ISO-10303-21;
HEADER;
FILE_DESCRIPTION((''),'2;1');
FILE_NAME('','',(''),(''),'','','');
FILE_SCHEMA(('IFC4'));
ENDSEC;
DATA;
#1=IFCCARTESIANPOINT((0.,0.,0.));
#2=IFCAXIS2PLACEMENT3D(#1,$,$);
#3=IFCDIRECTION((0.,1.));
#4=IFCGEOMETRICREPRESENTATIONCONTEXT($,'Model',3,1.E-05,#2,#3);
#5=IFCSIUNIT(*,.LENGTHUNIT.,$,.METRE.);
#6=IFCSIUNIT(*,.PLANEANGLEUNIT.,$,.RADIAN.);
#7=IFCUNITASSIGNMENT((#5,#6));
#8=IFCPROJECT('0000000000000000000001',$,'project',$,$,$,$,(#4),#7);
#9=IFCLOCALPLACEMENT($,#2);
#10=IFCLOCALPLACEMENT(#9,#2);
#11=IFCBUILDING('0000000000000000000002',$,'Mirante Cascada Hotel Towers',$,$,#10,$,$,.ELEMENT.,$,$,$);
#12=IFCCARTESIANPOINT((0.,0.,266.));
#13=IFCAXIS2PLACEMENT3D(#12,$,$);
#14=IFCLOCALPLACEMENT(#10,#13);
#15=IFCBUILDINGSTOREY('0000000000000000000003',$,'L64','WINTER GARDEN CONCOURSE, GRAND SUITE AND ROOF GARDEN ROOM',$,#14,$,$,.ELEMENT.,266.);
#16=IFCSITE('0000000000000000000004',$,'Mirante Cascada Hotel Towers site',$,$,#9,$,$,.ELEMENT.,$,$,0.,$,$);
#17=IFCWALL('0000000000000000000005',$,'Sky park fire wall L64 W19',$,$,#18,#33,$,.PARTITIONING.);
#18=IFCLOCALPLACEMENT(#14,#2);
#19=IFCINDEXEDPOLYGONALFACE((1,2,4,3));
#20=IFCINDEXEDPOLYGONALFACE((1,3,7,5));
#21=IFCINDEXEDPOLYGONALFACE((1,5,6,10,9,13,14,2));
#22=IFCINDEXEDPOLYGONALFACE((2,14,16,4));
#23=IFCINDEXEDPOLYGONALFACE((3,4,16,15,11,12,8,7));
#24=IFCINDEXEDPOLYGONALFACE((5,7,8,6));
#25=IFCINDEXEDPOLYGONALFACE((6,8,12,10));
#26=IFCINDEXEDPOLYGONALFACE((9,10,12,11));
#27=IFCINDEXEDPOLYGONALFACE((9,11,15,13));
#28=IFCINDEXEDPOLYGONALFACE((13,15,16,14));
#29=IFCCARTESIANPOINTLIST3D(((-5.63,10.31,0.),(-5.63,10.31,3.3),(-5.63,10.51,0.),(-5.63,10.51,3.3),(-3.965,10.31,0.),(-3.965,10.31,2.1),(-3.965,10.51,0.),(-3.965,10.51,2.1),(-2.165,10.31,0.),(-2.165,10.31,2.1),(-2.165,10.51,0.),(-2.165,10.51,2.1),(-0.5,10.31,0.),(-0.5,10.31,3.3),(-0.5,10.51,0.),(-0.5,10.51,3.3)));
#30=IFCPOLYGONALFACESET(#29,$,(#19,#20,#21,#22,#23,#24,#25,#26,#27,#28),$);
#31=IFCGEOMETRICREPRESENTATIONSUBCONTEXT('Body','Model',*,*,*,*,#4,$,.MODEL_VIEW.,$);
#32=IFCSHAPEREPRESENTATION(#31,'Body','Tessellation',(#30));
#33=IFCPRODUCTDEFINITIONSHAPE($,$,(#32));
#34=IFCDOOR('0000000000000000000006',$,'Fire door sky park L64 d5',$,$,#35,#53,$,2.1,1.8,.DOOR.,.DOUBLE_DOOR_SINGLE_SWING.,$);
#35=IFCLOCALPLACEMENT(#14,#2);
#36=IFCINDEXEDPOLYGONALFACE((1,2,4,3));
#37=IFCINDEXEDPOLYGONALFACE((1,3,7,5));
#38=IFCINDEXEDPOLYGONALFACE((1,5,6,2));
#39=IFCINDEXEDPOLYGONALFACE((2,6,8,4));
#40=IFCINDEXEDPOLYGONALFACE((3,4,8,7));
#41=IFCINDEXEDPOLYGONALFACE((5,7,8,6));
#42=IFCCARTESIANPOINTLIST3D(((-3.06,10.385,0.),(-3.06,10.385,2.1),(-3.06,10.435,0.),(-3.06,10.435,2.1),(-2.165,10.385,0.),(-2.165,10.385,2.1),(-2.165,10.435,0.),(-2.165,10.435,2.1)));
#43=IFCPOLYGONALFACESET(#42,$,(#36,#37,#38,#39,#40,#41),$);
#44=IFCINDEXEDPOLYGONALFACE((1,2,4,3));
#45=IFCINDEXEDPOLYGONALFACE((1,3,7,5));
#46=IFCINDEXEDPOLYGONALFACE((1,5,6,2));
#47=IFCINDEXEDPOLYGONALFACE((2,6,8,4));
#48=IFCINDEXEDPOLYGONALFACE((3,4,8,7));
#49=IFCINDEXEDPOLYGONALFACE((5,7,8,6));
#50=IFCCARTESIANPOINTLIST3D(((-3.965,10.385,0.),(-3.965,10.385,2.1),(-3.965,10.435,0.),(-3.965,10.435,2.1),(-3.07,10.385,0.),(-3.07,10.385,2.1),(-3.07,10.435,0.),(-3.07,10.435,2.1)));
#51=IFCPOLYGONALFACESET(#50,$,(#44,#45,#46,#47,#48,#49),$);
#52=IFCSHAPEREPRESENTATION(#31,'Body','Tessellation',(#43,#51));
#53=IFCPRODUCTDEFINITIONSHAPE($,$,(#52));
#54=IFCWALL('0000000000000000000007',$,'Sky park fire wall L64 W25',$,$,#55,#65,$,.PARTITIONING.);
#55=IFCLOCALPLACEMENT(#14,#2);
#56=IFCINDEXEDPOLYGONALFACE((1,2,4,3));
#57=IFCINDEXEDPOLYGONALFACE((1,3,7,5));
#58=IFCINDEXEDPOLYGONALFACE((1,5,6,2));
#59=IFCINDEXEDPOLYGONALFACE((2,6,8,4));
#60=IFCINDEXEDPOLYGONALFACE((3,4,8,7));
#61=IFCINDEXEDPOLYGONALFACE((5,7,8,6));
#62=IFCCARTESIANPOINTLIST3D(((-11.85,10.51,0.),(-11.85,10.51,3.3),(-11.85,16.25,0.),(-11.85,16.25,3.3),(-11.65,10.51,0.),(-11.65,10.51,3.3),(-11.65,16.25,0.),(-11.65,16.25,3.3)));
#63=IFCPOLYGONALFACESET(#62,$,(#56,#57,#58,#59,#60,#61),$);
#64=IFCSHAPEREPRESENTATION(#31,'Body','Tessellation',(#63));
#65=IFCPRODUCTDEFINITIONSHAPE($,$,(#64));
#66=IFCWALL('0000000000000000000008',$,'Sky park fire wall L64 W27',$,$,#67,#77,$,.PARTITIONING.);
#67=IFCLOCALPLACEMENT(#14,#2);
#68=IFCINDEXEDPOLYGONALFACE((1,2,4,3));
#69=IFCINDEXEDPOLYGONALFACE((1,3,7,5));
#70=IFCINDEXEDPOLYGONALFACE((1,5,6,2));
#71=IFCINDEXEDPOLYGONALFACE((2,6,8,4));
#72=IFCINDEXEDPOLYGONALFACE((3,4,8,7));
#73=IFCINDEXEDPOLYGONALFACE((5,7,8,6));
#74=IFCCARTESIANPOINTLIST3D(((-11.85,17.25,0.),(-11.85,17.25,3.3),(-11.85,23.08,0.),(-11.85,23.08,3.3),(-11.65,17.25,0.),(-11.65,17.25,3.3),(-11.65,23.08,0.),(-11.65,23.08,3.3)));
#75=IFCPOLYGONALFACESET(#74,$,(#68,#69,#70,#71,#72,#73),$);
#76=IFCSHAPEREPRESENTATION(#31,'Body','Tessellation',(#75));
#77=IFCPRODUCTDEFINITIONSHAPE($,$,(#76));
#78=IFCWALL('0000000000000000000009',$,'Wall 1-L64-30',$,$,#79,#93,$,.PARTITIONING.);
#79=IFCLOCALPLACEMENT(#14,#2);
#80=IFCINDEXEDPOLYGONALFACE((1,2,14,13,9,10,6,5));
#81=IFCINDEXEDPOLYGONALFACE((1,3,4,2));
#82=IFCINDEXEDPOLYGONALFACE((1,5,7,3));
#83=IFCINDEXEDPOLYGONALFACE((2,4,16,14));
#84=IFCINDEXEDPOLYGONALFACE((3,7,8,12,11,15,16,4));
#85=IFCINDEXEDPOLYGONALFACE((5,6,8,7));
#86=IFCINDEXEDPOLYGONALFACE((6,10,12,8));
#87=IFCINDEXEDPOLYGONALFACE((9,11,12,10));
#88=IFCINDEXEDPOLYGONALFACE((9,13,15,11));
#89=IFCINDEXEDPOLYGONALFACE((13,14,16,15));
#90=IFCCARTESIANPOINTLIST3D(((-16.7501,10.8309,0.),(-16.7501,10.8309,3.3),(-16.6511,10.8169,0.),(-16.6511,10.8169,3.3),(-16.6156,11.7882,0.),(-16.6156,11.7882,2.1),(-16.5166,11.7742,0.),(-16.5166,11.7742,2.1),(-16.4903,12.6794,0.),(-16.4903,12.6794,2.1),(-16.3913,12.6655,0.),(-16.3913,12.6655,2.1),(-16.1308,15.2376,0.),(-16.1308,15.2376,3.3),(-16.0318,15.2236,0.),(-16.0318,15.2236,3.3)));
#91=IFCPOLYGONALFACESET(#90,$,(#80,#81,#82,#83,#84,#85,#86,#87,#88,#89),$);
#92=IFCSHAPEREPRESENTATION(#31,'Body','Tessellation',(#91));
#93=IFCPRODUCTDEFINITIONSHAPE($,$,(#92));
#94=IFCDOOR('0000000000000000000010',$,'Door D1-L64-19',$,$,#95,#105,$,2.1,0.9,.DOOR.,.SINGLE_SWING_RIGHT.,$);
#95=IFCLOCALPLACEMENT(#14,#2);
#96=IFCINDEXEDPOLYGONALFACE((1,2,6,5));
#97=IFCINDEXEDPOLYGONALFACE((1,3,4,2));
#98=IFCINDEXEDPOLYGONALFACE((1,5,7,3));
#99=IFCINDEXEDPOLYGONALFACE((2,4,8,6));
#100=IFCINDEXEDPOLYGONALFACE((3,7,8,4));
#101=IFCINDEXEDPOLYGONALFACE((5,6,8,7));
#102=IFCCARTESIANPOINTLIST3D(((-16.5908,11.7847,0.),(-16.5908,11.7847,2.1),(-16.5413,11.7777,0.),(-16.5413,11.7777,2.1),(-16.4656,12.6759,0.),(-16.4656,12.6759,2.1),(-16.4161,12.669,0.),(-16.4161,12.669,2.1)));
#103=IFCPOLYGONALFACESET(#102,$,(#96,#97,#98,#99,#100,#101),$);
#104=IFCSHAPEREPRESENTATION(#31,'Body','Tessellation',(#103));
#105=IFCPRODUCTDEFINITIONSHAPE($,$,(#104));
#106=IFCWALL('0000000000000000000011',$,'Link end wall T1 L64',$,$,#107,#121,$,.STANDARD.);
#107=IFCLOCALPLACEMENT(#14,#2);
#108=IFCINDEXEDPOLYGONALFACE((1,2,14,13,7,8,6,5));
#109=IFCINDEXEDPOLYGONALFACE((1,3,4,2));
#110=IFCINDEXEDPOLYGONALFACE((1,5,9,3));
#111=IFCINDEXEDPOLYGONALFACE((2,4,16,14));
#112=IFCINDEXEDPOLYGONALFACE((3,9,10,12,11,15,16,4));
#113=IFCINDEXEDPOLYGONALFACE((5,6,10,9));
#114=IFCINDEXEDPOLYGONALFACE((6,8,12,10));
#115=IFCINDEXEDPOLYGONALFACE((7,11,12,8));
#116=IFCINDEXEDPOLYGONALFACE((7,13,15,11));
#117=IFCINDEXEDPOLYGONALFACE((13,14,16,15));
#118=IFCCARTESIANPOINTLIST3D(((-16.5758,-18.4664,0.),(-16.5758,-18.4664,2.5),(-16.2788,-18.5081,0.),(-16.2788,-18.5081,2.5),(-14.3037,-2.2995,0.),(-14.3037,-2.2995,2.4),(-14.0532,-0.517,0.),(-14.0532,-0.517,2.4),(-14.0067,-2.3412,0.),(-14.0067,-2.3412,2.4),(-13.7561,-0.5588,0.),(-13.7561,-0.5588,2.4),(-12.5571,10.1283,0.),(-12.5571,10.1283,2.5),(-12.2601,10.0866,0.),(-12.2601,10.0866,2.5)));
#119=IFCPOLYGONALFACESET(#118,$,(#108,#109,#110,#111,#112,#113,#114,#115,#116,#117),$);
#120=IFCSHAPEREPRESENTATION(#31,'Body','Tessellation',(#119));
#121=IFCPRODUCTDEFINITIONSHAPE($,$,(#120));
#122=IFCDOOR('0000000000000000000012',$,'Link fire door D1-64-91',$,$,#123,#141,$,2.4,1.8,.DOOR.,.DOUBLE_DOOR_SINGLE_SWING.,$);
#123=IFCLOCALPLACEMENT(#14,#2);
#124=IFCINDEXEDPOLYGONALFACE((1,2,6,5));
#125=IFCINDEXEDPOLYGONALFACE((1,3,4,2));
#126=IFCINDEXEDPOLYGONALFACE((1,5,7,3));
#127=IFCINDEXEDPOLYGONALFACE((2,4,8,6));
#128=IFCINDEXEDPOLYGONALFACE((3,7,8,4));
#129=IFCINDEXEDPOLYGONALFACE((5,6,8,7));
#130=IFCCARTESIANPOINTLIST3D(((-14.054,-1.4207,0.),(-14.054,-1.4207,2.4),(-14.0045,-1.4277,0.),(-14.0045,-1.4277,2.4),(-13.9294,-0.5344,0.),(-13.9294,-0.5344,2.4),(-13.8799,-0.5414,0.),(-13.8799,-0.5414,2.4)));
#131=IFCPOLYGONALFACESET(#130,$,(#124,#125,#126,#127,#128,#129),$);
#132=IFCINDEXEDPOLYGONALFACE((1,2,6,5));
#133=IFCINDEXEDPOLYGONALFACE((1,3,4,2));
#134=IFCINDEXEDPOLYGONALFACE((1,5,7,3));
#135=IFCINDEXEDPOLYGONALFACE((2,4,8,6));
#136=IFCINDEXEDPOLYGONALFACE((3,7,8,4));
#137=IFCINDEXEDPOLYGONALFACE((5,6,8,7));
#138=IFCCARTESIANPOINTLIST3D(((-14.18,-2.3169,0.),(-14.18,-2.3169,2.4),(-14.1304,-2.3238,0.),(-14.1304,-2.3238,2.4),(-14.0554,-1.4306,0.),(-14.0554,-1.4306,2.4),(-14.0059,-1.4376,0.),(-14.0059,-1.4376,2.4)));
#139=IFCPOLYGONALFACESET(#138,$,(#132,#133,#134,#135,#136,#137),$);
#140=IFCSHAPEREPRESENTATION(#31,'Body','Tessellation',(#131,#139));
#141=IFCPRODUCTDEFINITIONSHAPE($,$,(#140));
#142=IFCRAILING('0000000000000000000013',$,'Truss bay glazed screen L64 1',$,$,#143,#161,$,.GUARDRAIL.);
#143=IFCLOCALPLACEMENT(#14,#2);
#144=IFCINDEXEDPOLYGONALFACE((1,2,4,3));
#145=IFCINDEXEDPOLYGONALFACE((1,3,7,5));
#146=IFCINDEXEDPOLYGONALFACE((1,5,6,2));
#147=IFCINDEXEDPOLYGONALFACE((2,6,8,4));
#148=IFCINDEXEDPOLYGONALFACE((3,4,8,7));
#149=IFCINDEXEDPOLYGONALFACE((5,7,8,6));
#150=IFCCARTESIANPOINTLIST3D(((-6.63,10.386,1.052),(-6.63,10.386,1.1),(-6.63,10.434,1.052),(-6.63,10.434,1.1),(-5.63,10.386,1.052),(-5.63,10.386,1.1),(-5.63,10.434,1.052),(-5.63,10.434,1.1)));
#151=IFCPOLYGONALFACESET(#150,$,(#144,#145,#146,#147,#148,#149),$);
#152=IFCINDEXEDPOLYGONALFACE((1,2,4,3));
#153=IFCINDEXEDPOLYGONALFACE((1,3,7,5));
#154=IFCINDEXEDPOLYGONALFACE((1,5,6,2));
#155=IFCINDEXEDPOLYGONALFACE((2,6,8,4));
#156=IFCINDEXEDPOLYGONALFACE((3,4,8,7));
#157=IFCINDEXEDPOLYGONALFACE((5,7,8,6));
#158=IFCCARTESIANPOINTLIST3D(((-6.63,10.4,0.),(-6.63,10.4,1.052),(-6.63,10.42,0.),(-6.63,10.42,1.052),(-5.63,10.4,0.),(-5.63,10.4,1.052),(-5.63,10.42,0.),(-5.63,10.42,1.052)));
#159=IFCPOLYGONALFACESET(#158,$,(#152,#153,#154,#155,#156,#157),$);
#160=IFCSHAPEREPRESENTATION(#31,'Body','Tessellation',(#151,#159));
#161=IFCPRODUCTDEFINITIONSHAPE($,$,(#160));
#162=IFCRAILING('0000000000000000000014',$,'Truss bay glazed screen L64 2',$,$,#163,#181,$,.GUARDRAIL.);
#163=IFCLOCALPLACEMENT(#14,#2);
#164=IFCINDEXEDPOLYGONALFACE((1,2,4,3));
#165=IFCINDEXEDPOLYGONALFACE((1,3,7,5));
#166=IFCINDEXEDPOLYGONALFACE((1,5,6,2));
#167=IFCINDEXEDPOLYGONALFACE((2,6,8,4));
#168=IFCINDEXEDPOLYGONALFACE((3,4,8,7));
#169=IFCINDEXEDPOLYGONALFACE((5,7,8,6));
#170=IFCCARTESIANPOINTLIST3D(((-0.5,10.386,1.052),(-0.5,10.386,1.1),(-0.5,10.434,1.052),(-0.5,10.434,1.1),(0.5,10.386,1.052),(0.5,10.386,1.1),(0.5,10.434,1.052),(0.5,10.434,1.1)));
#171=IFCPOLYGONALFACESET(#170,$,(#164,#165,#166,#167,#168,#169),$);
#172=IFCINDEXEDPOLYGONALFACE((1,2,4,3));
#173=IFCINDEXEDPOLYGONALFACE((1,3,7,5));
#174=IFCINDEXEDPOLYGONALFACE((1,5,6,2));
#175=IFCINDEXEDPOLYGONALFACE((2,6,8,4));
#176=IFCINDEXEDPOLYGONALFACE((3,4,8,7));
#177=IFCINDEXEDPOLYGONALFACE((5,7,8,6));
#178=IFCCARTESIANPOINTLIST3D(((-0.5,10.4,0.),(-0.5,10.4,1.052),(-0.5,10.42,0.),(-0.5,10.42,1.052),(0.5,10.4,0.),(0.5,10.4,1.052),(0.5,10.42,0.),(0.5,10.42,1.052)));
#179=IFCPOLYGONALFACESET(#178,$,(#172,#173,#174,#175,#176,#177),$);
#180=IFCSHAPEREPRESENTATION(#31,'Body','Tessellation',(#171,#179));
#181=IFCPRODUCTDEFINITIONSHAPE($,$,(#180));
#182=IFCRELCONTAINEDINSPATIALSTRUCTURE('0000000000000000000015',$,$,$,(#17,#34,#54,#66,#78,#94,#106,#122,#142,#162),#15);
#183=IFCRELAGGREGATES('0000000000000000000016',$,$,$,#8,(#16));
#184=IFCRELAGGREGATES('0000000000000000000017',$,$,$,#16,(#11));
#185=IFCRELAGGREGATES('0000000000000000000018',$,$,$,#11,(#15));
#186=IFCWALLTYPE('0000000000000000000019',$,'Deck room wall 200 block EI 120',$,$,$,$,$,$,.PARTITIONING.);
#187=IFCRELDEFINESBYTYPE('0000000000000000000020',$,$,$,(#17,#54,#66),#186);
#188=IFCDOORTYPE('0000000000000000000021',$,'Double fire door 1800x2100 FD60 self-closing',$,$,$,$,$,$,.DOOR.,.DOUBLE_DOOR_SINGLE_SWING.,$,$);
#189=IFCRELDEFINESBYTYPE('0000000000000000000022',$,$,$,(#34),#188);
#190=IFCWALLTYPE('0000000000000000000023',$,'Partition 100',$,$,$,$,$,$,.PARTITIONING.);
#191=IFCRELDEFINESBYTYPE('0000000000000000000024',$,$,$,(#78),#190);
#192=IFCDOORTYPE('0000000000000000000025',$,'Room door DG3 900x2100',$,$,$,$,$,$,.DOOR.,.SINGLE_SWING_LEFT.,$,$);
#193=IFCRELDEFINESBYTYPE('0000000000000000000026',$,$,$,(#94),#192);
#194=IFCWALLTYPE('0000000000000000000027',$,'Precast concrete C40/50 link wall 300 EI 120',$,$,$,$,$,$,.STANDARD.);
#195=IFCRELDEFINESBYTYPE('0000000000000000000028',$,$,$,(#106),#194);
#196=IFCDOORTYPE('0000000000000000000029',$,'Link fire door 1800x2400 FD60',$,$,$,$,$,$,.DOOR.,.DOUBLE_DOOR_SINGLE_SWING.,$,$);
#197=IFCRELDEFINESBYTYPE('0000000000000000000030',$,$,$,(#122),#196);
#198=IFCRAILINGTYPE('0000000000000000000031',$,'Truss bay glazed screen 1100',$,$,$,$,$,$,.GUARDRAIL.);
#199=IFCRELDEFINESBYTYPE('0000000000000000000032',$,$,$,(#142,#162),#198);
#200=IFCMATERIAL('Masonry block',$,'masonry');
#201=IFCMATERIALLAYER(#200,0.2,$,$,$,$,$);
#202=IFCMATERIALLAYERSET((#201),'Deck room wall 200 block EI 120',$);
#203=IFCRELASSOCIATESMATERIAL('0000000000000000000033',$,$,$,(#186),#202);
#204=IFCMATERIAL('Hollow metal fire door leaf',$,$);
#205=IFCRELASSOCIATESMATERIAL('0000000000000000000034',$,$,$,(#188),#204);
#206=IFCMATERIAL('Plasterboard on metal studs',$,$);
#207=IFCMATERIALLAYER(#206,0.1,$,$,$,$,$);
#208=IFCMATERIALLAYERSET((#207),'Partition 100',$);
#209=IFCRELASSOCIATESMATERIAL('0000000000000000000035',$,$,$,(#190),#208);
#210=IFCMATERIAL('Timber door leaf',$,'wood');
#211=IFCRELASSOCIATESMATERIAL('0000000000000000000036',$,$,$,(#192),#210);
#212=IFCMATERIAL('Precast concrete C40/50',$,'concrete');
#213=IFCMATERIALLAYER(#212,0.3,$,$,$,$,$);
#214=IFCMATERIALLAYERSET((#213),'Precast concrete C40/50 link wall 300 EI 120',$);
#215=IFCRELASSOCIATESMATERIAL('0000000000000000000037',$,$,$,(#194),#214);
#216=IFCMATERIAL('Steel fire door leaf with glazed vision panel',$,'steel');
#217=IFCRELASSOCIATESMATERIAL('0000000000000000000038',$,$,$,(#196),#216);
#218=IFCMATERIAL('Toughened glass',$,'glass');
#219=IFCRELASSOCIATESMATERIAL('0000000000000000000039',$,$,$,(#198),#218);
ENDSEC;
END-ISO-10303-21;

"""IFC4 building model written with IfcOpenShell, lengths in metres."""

from ifc_helpers import new_model, si_unit, direction, frame, frame_2d, origin, origin_2d, place, context, subcontext, project, spatial, rectangle, extrude, material, layer, layer_set, type_object, element, fill, save


model = new_model("IFC4")

# Units and contexts
model_context = context("Model", 3, precision=1e-05, world=origin(), true_north=direction((0.0, 1.0)))
body_context = subcontext(model_context, "Body", "Model", "MODEL_VIEW")
ifc_project = project(units=[si_unit("LENGTHUNIT", "METRE"), si_unit("PLANEANGLEUNIT", "RADIAN")], contexts=[model_context])

# Site, building, storey
site_placement = place(None, origin())
site = spatial("IfcSite", under=ifc_project, at=site_placement, Name="Mirante Cascada Hotel Towers site", CompositionType="ELEMENT", RefElevation=0.0)
building_placement = place(site_placement, origin())
building = spatial("IfcBuilding", under=site, at=building_placement, Name="Mirante Cascada Hotel Towers", CompositionType="ELEMENT")
storey_placement = place(building_placement, frame((0.0, 0.0, 266.0)))
storey = spatial("IfcBuildingStorey", under=building, at=storey_placement, Name="L64", Description="WINTER GARDEN CONCOURSE, GRAND SUITE AND ROOF GARDEN ROOM", CompositionType="ELEMENT", Elevation=266.0)

# Shared definitions
ifc_material_1 = material(Name="Masonry block", Category="masonry")
ifc_layer_1 = layer(ifc_material_1, 0.2)
ifc_layer_set_1 = layer_set([ifc_layer_1], Name="Deck room wall 200 block EI 120")
wall_type_1 = type_object("IfcWallType", Name="Deck room wall 200 block EI 120", PredefinedType="PARTITIONING", material=ifc_layer_set_1)

# Wall, opening, door
wall_1_placement = place(storey_placement, frame((-5.63, 10.41, 0.0), z_axis=(0.0, 0.0, 1.0), x_axis=(1.0, 0.0, 0.0)))
wall_1 = element("IfcWall", 1, at=wall_1_placement, inside=storey, type_object=wall_type_1, Name="Sky park fire wall L64 W19", PredefinedType="PARTITIONING", context=body_context, shape_type="SweptSolid", body=[
    extrude(rectangle(XDim=5.13, YDim=0.2, at=frame_2d((2.565, 0.0))), origin(), (0.0, 0.0, 1.0), 3.3),
])
opening_1_placement = place(wall_1_placement, frame((1.665, 0.0, 0.0)))
opening_1 = element("IfcOpeningElement", 2, at=opening_1_placement, cuts=wall_1, PredefinedType="OPENING", context=body_context, shape_type="SweptSolid", body=[
    extrude(rectangle(XDim=1.8, YDim=2.1, at=frame_2d((0.9, 1.05))), frame((0.0, 0.1, 0.0), z_axis=(0.0, -1.0, 0.0), x_axis=(1.0, 0.0, 0.0)), (0.0, 0.0, 1.0), 0.2),
])
ifc_material_2 = material(Name="Hollow metal fire door leaf")
door_type_1 = type_object("IfcDoorType", Name="Double fire door 1800x2100 FD60 self-closing", OperationType="DOUBLE_DOOR_SINGLE_SWING", PredefinedType="DOOR", material=ifc_material_2)
door_1_placement = place(opening_1_placement, frame((1.8, 0.0, 0.0), z_axis=(0.0, 0.0, 1.0), x_axis=(-1.0, 0.0, 0.0)))
door_1 = element("IfcDoor", 3, at=door_1_placement, inside=storey, type_object=door_type_1, Name="Fire door sky park L64 d5", OperationType="DOUBLE_DOOR_SINGLE_SWING", OverallHeight=2.1, OverallWidth=1.8, PredefinedType="DOOR", context=body_context, shape_type="SweptSolid", body=[
    extrude(rectangle(XDim=0.895, YDim=2.1, at=frame_2d((0.4475, 1.05))), frame((0.0, 0.025, 0.0), z_axis=(0.0, -1.0, 0.0), x_axis=(1.0, 0.0, 0.0)), (0.0, 0.0, 1.0), 0.05),
    extrude(rectangle(XDim=0.895, YDim=2.1, at=frame_2d((1.3525, 1.05))), frame((0.0, 0.025, 0.0), z_axis=(0.0, -1.0, 0.0), x_axis=(1.0, 0.0, 0.0)), (0.0, 0.0, 1.0), 0.05),
])
fill(opening_1, door_1)

# Walls
wall_2_placement = place(storey_placement, frame((-11.75, 10.51, 0.0), z_axis=(0.0, 0.0, 1.0), x_axis=(0.0, 1.0, 0.0)))
element("IfcWall", 4, at=wall_2_placement, inside=storey, type_object=wall_type_1, Name="Sky park fire wall L64 W25", PredefinedType="PARTITIONING", context=body_context, shape_type="SweptSolid", body=[
    extrude(rectangle(XDim=5.74, YDim=0.2, at=frame_2d((2.87, 0.0))), origin(), (0.0, 0.0, 1.0), 3.3),
])
wall_3_placement = place(storey_placement, frame((-11.75, 17.25, 0.0), z_axis=(0.0, 0.0, 1.0), x_axis=(0.0, 1.0, 0.0)))
element("IfcWall", 5, at=wall_3_placement, inside=storey, type_object=wall_type_1, Name="Sky park fire wall L64 W27", PredefinedType="PARTITIONING", context=body_context, shape_type="SweptSolid", body=[
    extrude(rectangle(XDim=5.83, YDim=0.2, at=frame_2d((2.915, 0.0))), origin(), (0.0, 0.0, 1.0), 3.3),
])

# Walls, openings, doors
ifc_material_3 = material(Name="Plasterboard on metal studs")
ifc_layer_2 = layer(ifc_material_3, 0.1)
ifc_layer_set_2 = layer_set([ifc_layer_2], Name="Partition 100")
wall_type_2 = type_object("IfcWallType", Name="Partition 100", PredefinedType="PARTITIONING", material=ifc_layer_set_2)
wall_4_placement = place(storey_placement, frame((-16.0813, 15.2306, 0.0), z_axis=(0.0, 0.0, 1.0), x_axis=(-0.139168, -0.990269, 0.0)))
wall_4 = element("IfcWall", 6, at=wall_4_placement, inside=storey, type_object=wall_type_2, Name="Wall 1-L64-30", PredefinedType="PARTITIONING", context=body_context, shape_type="SweptSolid", body=[
    extrude(rectangle(XDim=4.45, YDim=0.1, at=frame_2d((2.225, 0.0))), origin(), (0.0, 0.0, 1.0), 3.3),
])
opening_2_placement = place(wall_4_placement, frame((2.5833, 0.0, 0.0)))
opening_2 = element("IfcOpeningElement", 7, at=opening_2_placement, cuts=wall_4, PredefinedType="OPENING", context=body_context, shape_type="SweptSolid", body=[
    extrude(rectangle(XDim=0.9, YDim=2.1, at=frame_2d((0.45, 1.05))), frame((0.0, 0.05, 0.0), z_axis=(0.0, -1.0, 0.0), x_axis=(1.0, 0.0, 0.0)), (0.0, 0.0, 1.0), 0.1),
])
ifc_material_4 = material(Name="Timber door leaf", Category="wood")
door_type_2 = type_object("IfcDoorType", Name="Room door DG3 900x2100", OperationType="SINGLE_SWING_LEFT", PredefinedType="DOOR", material=ifc_material_4)
door_2_placement = place(opening_2_placement, frame((0.9, 0.0, 0.0), z_axis=(0.0, 0.0, 1.0), x_axis=(-1.0, 0.0, 0.0)))
door_2 = element("IfcDoor", 8, at=door_2_placement, inside=storey, type_object=door_type_2, Name="Door D1-L64-19", OperationType="SINGLE_SWING_RIGHT", OverallHeight=2.1, OverallWidth=0.9, PredefinedType="DOOR", context=body_context, shape_type="SweptSolid", body=[
    extrude(rectangle(XDim=0.9, YDim=2.1, at=frame_2d((0.45, 1.05))), frame((0.0, 0.025, 0.0), z_axis=(0.0, -1.0, 0.0), x_axis=(1.0, 0.0, 0.0)), (0.0, 0.0, 1.0), 0.05),
])
fill(opening_2, door_2)
ifc_material_5 = material(Name="Precast concrete C40/50", Category="concrete")
ifc_layer_3 = layer(ifc_material_5, 0.3)
ifc_layer_set_3 = layer_set([ifc_layer_3], Name="Precast concrete C40/50 link wall 300 EI 120")
wall_type_3 = type_object("IfcWallType", Name="Precast concrete C40/50 link wall 300 EI 120", PredefinedType="STANDARD", material=ifc_layer_set_3)
wall_5_placement = place(storey_placement, frame((-12.4086, 10.1074, 0.0), z_axis=(0.0, 0.0, 1.0), x_axis=(-0.139172, -0.990268, 0.0)))
wall_5 = element("IfcWall", 9, at=wall_5_placement, inside=storey, type_object=wall_type_3, Name="Link end wall T1 L64", PredefinedType="STANDARD", context=body_context, shape_type="SweptSolid", body=[
    extrude(rectangle(XDim=28.8757, YDim=0.3, at=frame_2d((14.4378, 0.0))), origin(), (0.0, 0.0, 1.0), 2.5),
])
opening_3_placement = place(wall_5_placement, frame((10.7499, 0.0, 0.0)))
opening_3 = element("IfcOpeningElement", 10, at=opening_3_placement, cuts=wall_5, PredefinedType="OPENING", context=body_context, shape_type="SweptSolid", body=[
    extrude(rectangle(XDim=1.8, YDim=2.4, at=frame_2d((0.9, 1.2))), frame((0.0, 0.15, 0.0), z_axis=(0.0, -1.0, 0.0), x_axis=(1.0, 0.0, 0.0)), (0.0, 0.0, 1.0), 0.3),
])
ifc_material_6 = material(Name="Steel fire door leaf with glazed vision panel", Category="steel")
door_type_3 = type_object("IfcDoorType", Name="Link fire door 1800x2400 FD60", OperationType="DOUBLE_DOOR_SINGLE_SWING", PredefinedType="DOOR", material=ifc_material_6)
door_3_placement = place(opening_3_placement, origin())
door_3 = element("IfcDoor", 11, at=door_3_placement, inside=storey, type_object=door_type_3, Name="Link fire door D1-64-91", OperationType="DOUBLE_DOOR_SINGLE_SWING", OverallHeight=2.4, OverallWidth=1.8, PredefinedType="DOOR", context=body_context, shape_type="SweptSolid", body=[
    extrude(rectangle(XDim=0.895, YDim=2.4, at=frame_2d((0.4475, 1.2))), frame((0.0, 0.025, 0.0), z_axis=(0.0, -1.0, 0.0), x_axis=(1.0, 0.0, 0.0)), (0.0, 0.0, 1.0), 0.05),
    extrude(rectangle(XDim=0.895, YDim=2.4, at=frame_2d((1.3525, 1.2))), frame((0.0, 0.025, 0.0), z_axis=(0.0, -1.0, 0.0), x_axis=(1.0, 0.0, 0.0)), (0.0, 0.0, 1.0), 0.05),
])
fill(opening_3, door_3)

# Railings
ifc_material_7 = material(Name="Toughened glass", Category="glass")
railing_type_1 = type_object("IfcRailingType", Name="Truss bay glazed screen 1100", PredefinedType="GUARDRAIL", material=ifc_material_7)
for number, where, name in (
    (12, (-6.63, 10.41, 0.0), "Truss bay glazed screen L64 1"),
    (13, (-0.5, 10.41, 0.0), "Truss bay glazed screen L64 2"),
):
    element("IfcRailing", number, at=place(storey_placement, frame(where)), inside=storey, type_object=railing_type_1, Name=name, PredefinedType="GUARDRAIL", context=body_context, shape_type="SweptSolid", body=[
        extrude(rectangle(XDim=0.048, YDim=0.048, at=origin_2d()), frame((0.0, 0.0, 1.076), z_axis=(1.0, 0.0, 0.0), x_axis=(0.0, 1.0, 0.0)), (0.0, 0.0, 1.0), 1.0),
        extrude(rectangle(XDim=0.02, YDim=1.052, at=origin_2d()), frame((0.0, 0.0, 0.526), z_axis=(1.0, 0.0, 0.0), x_axis=(0.0, 1.0, 0.0)), (0.0, 0.0, 1.0), 1.0),
    ])

save(model, "model.ifc")
